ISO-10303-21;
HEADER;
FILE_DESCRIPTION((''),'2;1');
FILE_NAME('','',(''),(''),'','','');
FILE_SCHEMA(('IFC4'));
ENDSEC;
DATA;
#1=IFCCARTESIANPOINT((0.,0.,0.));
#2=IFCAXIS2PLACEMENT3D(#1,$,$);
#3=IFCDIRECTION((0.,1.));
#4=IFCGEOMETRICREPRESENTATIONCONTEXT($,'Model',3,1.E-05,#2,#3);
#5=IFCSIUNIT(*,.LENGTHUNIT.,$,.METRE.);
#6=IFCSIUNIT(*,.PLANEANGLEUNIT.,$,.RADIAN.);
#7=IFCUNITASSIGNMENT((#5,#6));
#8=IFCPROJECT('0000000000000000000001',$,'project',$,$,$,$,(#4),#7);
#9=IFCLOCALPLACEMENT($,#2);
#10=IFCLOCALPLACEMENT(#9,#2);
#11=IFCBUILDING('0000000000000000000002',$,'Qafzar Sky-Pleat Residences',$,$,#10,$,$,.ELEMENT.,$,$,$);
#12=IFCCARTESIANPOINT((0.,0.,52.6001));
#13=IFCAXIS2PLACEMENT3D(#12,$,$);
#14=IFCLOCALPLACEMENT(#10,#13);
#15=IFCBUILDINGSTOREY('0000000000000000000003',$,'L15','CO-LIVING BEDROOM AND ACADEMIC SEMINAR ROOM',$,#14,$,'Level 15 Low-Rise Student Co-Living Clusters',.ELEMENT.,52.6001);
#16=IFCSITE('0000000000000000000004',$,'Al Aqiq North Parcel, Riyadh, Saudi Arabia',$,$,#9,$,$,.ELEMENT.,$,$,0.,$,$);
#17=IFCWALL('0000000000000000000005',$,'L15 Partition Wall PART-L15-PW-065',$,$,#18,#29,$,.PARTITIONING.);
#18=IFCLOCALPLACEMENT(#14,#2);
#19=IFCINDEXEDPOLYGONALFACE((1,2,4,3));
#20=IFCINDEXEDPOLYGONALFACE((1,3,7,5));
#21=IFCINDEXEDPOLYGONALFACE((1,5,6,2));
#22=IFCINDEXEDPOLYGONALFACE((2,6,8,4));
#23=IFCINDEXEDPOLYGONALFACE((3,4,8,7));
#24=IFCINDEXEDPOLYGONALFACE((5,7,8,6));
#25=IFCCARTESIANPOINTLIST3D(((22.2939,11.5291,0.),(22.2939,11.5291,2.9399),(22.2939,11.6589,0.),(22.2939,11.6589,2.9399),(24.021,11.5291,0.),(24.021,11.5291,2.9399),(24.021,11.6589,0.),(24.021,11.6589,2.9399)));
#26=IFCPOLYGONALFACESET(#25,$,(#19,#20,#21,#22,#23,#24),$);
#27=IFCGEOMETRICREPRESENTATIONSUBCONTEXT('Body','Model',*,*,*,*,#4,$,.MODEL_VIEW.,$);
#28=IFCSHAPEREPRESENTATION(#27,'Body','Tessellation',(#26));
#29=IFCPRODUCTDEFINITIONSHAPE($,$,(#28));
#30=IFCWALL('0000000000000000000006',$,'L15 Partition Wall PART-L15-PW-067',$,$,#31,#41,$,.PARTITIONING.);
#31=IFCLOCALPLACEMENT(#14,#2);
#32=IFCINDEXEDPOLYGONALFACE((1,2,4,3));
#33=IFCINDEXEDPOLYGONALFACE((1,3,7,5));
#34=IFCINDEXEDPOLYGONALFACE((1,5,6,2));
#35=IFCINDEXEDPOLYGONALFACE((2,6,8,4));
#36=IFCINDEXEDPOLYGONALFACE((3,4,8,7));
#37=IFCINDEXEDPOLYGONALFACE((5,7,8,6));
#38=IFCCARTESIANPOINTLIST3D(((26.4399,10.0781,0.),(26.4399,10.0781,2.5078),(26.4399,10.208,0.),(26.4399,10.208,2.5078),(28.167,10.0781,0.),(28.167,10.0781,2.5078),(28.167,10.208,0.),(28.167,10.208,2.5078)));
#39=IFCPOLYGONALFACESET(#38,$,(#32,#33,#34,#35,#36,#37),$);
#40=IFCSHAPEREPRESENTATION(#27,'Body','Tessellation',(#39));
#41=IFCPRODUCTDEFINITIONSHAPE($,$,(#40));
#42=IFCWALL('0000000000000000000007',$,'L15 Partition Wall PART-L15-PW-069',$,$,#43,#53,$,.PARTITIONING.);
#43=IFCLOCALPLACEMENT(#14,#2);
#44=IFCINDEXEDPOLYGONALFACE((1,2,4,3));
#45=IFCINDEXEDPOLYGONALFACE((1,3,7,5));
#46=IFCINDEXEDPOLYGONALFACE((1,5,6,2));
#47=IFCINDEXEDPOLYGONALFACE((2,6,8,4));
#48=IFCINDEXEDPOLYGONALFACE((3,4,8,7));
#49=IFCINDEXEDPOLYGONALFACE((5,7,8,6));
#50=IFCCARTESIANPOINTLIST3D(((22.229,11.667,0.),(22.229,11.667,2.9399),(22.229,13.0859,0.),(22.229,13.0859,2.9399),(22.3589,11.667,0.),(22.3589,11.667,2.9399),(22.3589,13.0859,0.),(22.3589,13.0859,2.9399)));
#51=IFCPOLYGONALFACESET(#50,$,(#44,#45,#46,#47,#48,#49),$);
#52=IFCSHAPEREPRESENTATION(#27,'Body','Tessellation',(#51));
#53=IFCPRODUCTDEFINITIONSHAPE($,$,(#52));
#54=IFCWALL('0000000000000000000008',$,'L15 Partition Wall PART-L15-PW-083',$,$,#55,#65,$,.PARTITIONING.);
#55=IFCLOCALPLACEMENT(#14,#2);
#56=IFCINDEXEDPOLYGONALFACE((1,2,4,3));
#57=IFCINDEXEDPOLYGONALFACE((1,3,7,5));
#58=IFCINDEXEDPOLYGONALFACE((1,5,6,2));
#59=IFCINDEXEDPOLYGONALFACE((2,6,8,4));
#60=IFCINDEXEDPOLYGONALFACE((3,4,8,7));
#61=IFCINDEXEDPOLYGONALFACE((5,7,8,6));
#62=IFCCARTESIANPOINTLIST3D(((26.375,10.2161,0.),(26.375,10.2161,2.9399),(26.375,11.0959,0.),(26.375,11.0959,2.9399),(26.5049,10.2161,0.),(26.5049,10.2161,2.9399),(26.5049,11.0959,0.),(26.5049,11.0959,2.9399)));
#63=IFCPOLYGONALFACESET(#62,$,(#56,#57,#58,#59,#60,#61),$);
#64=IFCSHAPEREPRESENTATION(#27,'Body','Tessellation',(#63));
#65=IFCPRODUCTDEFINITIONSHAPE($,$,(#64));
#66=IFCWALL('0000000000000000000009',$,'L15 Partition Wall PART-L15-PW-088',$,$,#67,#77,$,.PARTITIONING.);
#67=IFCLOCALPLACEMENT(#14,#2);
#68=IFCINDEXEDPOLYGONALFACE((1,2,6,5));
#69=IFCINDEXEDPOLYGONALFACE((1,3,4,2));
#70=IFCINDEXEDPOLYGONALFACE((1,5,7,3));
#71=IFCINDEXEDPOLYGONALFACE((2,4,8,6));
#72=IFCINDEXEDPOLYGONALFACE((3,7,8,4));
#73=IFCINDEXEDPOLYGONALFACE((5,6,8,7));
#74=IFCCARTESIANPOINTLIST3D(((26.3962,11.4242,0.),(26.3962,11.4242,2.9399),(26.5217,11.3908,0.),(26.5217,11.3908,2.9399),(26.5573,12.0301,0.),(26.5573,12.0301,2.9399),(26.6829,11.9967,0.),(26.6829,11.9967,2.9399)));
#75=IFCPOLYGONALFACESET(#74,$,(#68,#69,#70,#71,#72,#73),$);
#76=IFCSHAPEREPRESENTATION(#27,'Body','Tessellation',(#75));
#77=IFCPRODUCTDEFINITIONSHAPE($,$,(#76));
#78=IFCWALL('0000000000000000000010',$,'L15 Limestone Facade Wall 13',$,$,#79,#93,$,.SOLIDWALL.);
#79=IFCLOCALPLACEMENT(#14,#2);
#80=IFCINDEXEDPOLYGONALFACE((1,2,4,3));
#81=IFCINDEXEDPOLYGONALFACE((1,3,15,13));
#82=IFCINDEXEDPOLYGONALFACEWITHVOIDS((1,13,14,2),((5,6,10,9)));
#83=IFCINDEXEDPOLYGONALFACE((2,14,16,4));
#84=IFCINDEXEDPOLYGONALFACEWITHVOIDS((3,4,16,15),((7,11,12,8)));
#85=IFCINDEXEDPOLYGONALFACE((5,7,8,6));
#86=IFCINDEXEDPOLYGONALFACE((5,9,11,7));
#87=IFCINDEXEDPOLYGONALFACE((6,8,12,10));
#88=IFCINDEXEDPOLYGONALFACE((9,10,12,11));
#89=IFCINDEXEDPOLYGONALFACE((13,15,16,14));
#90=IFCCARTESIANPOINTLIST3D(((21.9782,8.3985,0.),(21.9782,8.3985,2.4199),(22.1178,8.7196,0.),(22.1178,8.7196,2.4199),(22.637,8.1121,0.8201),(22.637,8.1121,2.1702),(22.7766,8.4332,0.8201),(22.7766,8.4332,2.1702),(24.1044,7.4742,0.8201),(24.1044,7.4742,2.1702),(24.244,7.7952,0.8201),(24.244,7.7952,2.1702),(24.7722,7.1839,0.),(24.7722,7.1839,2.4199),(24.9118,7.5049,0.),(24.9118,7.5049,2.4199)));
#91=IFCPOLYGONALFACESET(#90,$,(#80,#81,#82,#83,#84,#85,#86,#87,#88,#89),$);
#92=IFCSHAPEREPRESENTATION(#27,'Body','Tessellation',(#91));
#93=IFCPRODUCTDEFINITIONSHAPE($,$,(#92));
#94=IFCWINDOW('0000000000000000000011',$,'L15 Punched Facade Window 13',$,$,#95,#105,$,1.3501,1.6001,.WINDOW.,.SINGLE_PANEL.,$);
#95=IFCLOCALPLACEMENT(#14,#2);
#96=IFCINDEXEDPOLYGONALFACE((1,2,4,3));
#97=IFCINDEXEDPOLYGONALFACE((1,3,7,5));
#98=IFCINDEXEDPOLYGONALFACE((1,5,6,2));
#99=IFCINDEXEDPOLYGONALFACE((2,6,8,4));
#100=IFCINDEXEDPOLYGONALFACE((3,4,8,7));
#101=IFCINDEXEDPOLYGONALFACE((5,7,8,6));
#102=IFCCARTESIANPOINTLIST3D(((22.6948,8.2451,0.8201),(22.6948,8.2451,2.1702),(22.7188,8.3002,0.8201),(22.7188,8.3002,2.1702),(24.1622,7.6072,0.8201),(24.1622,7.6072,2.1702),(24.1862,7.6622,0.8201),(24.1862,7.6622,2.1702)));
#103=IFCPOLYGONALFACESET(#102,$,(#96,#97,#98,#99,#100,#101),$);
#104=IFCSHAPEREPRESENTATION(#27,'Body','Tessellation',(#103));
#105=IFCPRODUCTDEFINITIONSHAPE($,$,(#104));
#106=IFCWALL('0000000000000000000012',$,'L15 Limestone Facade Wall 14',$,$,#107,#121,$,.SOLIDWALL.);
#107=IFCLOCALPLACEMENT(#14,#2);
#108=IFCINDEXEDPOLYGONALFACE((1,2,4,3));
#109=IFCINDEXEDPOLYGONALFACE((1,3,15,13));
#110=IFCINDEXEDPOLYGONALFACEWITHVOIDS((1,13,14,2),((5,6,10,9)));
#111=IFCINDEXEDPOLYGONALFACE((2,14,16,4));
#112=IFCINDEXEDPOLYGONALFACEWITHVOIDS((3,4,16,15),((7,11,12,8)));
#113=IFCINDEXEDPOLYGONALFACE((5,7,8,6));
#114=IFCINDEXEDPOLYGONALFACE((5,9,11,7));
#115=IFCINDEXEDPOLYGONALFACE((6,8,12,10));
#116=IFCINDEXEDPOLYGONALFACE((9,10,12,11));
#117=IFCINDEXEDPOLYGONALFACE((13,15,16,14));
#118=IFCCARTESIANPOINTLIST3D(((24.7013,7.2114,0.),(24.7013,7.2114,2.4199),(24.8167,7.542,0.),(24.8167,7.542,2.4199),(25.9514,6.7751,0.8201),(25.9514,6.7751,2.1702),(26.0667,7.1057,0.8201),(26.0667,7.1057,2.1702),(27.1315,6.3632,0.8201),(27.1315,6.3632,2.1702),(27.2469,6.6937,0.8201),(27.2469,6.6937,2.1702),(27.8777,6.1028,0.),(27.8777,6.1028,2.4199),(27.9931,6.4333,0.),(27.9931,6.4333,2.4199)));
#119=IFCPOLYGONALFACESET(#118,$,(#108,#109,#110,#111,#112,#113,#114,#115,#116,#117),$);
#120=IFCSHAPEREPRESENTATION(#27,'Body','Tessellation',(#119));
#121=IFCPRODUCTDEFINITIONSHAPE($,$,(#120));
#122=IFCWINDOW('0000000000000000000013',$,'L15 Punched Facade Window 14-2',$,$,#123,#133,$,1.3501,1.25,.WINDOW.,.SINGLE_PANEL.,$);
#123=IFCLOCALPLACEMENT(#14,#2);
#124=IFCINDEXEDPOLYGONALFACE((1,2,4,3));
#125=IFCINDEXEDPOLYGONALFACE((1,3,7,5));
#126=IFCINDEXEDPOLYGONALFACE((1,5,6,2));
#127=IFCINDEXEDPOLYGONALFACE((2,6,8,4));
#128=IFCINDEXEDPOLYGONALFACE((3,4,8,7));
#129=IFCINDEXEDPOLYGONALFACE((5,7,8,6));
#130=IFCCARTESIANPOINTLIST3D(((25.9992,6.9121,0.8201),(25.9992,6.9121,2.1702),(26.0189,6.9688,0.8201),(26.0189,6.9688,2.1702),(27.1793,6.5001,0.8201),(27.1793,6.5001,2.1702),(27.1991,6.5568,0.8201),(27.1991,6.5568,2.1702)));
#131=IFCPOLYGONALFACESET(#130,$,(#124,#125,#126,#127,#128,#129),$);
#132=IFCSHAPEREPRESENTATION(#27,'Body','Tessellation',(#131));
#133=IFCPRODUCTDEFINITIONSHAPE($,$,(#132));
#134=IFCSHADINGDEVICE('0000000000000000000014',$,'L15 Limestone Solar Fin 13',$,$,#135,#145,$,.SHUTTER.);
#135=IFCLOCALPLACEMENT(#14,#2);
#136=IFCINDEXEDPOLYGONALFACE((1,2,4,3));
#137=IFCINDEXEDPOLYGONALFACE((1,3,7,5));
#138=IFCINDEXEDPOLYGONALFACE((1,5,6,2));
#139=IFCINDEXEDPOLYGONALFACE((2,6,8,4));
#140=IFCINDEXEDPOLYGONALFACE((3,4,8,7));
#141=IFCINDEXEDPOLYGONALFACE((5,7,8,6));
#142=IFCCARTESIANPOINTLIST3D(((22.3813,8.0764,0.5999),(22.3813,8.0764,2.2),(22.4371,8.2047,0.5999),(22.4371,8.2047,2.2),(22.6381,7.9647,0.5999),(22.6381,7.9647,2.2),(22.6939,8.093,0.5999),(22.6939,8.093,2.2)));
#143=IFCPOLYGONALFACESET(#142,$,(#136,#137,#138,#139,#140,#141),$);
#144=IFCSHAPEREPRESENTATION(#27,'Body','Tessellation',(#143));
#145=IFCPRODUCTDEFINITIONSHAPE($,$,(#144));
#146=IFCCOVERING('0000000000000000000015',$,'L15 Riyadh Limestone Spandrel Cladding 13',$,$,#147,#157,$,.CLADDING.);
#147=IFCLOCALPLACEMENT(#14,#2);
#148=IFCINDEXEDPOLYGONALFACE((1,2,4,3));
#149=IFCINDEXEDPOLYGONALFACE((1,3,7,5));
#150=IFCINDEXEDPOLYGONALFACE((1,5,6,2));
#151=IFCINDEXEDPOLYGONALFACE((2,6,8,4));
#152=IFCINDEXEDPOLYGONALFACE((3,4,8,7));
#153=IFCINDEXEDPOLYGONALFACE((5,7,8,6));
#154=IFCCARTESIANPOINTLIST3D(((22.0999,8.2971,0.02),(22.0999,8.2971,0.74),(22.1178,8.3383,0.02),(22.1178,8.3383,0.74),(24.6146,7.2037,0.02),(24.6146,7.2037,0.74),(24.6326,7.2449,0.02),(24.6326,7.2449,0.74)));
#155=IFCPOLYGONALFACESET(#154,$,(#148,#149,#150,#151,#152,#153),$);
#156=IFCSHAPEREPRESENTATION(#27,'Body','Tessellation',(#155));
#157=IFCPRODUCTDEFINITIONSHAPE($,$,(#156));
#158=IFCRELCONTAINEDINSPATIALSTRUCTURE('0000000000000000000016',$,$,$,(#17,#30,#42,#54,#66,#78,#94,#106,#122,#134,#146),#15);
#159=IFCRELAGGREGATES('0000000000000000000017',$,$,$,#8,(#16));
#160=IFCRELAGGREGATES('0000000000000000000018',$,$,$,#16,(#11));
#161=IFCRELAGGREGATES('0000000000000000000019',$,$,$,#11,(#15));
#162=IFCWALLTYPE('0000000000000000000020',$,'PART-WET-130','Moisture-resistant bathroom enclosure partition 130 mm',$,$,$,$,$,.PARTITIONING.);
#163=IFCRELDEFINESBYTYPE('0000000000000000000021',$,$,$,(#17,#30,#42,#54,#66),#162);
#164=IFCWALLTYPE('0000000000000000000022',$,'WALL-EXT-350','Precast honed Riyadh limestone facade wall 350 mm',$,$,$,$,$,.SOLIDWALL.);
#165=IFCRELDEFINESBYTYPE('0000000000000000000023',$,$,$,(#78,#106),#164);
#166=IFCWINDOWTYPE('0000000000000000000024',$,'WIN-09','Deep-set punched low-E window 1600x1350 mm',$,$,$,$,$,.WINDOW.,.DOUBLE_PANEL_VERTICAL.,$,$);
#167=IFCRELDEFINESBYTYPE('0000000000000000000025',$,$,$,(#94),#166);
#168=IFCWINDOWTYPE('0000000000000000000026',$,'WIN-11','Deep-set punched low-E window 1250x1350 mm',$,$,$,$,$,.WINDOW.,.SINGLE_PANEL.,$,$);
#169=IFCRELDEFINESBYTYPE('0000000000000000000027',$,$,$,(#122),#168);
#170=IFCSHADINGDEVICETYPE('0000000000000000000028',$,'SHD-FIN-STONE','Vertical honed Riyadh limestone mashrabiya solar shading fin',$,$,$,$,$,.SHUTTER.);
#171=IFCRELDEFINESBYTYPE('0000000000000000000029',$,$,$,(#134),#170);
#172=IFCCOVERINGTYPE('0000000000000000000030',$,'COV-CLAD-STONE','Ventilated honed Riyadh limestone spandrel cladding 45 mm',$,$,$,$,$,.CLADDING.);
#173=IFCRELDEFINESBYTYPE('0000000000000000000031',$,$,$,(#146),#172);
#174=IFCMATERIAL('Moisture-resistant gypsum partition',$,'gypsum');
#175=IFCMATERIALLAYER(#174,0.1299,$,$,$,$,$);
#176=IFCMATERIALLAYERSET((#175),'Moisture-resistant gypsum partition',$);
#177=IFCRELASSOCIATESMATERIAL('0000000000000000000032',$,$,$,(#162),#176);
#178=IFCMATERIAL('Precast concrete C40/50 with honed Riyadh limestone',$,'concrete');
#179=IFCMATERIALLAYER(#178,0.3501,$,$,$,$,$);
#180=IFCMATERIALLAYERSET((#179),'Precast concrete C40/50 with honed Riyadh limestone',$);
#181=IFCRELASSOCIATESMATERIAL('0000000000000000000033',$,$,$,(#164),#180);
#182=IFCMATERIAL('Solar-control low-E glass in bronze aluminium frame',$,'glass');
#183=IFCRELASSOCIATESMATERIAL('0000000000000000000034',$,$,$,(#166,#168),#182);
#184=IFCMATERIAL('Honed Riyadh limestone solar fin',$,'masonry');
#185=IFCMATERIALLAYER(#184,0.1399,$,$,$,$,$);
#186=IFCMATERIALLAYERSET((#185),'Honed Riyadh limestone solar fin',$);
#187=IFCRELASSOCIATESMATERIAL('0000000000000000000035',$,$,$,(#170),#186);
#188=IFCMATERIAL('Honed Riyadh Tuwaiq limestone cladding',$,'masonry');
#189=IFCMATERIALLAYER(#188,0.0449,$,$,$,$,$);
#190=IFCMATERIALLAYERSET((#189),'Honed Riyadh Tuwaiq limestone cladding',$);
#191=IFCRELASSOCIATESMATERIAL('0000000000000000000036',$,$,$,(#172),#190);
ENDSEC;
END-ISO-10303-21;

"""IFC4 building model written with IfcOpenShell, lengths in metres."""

from ifc_helpers import new_model, si_unit, direction, frame, frame_2d, origin, origin_2d, place, context, subcontext, project, spatial, rectangle, extrude, source, transform, mapped, material, layer, layer_set, type_object, element, fill, save


model = new_model("IFC4")

# Units and contexts
model_context = context("Model", 3, precision=1e-05, world=origin(), true_north=direction((0.0, 1.0)))
body_context = subcontext(model_context, "Body", "Model", "MODEL_VIEW")
ifc_project = project(units=[si_unit("LENGTHUNIT", "METRE"), si_unit("PLANEANGLEUNIT", "RADIAN")], contexts=[model_context])

# Site, building, storey
site_placement = place(None, origin())
site = spatial("IfcSite", under=ifc_project, at=site_placement, Name="Al Aqiq North Parcel, Riyadh, Saudi Arabia", CompositionType="ELEMENT", RefElevation=0.0)
building_placement = place(site_placement, origin())
building = spatial("IfcBuilding", under=site, at=building_placement, Name="Qafzar Sky-Pleat Residences", CompositionType="ELEMENT")
storey_placement = place(building_placement, frame((0.0, 0.0, 52.6001)))
storey = spatial("IfcBuildingStorey", under=building, at=storey_placement, Name="L15", Description="CO-LIVING BEDROOM AND ACADEMIC SEMINAR ROOM", LongName="Level 15 Low-Rise Student Co-Living Clusters", CompositionType="ELEMENT", Elevation=52.6001)

# Shared definitions
ifc_material_1 = material(Name="Moisture-resistant gypsum partition", Category="gypsum")
ifc_layer_1 = layer(ifc_material_1, 0.1299)
ifc_layer_set_1 = layer_set([ifc_layer_1], Name="Moisture-resistant gypsum partition")
wall_type_1 = type_object("IfcWallType", Name="PART-WET-130", Description="Moisture-resistant bathroom enclosure partition 130 mm", PredefinedType="PARTITIONING", material=ifc_layer_set_1)

# Walls
wall_1_placement = place(storey_placement, frame((22.2939, 11.594, 0.0), z_axis=(0.0, 0.0, 1.0), x_axis=(1.0, 0.0, 0.0)))
element("IfcWall", 1, at=wall_1_placement, inside=storey, type_object=wall_type_1, Name="L15 Partition Wall PART-L15-PW-065", PredefinedType="PARTITIONING", context=body_context, shape_type="SweptSolid", body=[
    extrude(rectangle(XDim=1.7271, YDim=0.1299, at=frame_2d((0.8635, 0.0))), origin(), (0.0, 0.0, 1.0), 2.9399),
])
wall_2_placement = place(storey_placement, frame((26.4399, 10.1431, 0.0), z_axis=(0.0, 0.0, 1.0), x_axis=(1.0, 0.0, 0.0)))
element("IfcWall", 2, at=wall_2_placement, inside=storey, type_object=wall_type_1, Name="L15 Partition Wall PART-L15-PW-067", PredefinedType="PARTITIONING", context=body_context, shape_type="SweptSolid", body=[
    extrude(rectangle(XDim=1.7271, YDim=0.1299, at=frame_2d((0.8635, 0.0))), origin(), (0.0, 0.0, 1.0), 2.5078),
])
wall_3_placement = place(storey_placement, frame((22.2939, 11.667, 0.0), z_axis=(0.0, 0.0, 1.0), x_axis=(0.0, 1.0, 0.0)))
element("IfcWall", 3, at=wall_3_placement, inside=storey, type_object=wall_type_1, Name="L15 Partition Wall PART-L15-PW-069", PredefinedType="PARTITIONING", context=body_context, shape_type="SweptSolid", body=[
    extrude(rectangle(XDim=1.4189, YDim=0.1299, at=frame_2d((0.7095, 0.0))), origin(), (0.0, 0.0, 1.0), 2.9399),
])
wall_4_placement = place(storey_placement, frame((26.4399, 10.2161, 0.0), z_axis=(0.0, 0.0, 1.0), x_axis=(0.0, 1.0, 0.0)))
element("IfcWall", 4, at=wall_4_placement, inside=storey, type_object=wall_type_1, Name="L15 Partition Wall PART-L15-PW-083", PredefinedType="PARTITIONING", context=body_context, shape_type="SweptSolid", body=[
    extrude(rectangle(XDim=0.8799, YDim=0.1299, at=frame_2d((0.4399, 0.0))), origin(), (0.0, 0.0, 1.0), 2.9399),
])
wall_5_placement = place(storey_placement, frame((26.459, 11.4075, 0.0), z_axis=(0.0, 0.0, 1.0), x_axis=(0.256984, 0.966416, 0.0)))
element("IfcWall", 5, at=wall_5_placement, inside=storey, type_object=wall_type_1, Name="L15 Partition Wall PART-L15-PW-088", PredefinedType="PARTITIONING", context=body_context, shape_type="SweptSolid", body=[
    extrude(rectangle(XDim=0.627, YDim=0.1299, at=frame_2d((0.3135, 0.0))), origin(), (0.0, 0.0, 1.0), 2.9399),
])

# Walls, openings, windows
ifc_material_2 = material(Name="Precast concrete C40/50 with honed Riyadh limestone", Category="concrete")
ifc_layer_2 = layer(ifc_material_2, 0.3501)
ifc_layer_set_2 = layer_set([ifc_layer_2], Name="Precast concrete C40/50 with honed Riyadh limestone")
wall_type_2 = type_object("IfcWallType", Name="WALL-EXT-350", Description="Precast honed Riyadh limestone facade wall 350 mm", PredefinedType="SOLIDWALL", material=ifc_layer_set_2)
wall_6_placement = place(storey_placement, frame((22.0479, 8.5591, 0.0), z_axis=(0.0, 0.0, 1.0), x_axis=(0.917089, -0.398682, 0.0)))
wall_6 = element("IfcWall", 6, at=wall_6_placement, inside=storey, type_object=wall_type_2, Name="L15 Limestone Facade Wall 13", PredefinedType="SOLIDWALL", context=body_context, shape_type="SweptSolid", body=[
    extrude(rectangle(XDim=3.0466, YDim=0.3501, at=frame_2d((1.5234, 0.0))), origin(), (0.0, 0.0, 1.0), 2.4199),
])
opening_1_placement = place(wall_6_placement, frame((0.7185, 0.0, 0.8201)))
opening_1 = element("IfcOpeningElement", 7, at=opening_1_placement, cuts=wall_6, PredefinedType="OPENING", context=body_context, shape_type="SweptSolid", body=[
    extrude(rectangle(XDim=1.6001, YDim=1.3501, at=frame_2d((0.8, 0.675))), frame((0.0, 0.1851, 0.0), z_axis=(0.0, -1.0, 0.0), x_axis=(1.0, 0.0, 0.0)), (0.0, 0.0, 1.0), 0.3701),
])
ifc_material_3 = material(Name="Solar-control low-E glass in bronze aluminium frame", Category="glass")
window_type_1 = type_object("IfcWindowType", Name="WIN-09", Description="Deep-set punched low-E window 1600x1350 mm", PartitioningType="DOUBLE_PANEL_VERTICAL", PredefinedType="WINDOW", material=ifc_material_3)
shared_shape_1 = source(origin(), body_context, "Body", "SweptSolid", [
    extrude(rectangle(XDim=1.6001, YDim=1.3501, at=frame_2d((0.8, 0.675))), frame((0.0, 0.03, 0.0), z_axis=(0.0, -1.0, 0.0), x_axis=(1.0, 0.0, 0.0)), (0.0, 0.0, 1.0), 0.0601),
])
window_1_placement = place(opening_1_placement, origin())
window_1 = element("IfcWindow", 8, at=window_1_placement, inside=storey, type_object=window_type_1, Name="L15 Punched Facade Window 13", OverallHeight=1.3501, OverallWidth=1.6001, PartitioningType="SINGLE_PANEL", PredefinedType="WINDOW", context=body_context, shape_type="MappedRepresentation", body=[
    mapped(shared_shape_1, transform((0.0, 0.0, 0.0), x_axis=(1.0, 0.0, 0.0), y_axis=(0.0, 1.0, 0.0), z_axis=(0.0, 0.0, 1.0), scale=1.0)),
])
fill(opening_1, window_1)
wall_7_placement = place(storey_placement, frame((24.759, 7.3767, 0.0), z_axis=(0.0, 0.0, 1.0), x_axis=(0.944141, -0.329542, 0.0)))
wall_7 = element("IfcWall", 9, at=wall_7_placement, inside=storey, type_object=wall_type_2, Name="L15 Limestone Facade Wall 14", PredefinedType="SOLIDWALL", context=body_context, shape_type="SweptSolid", body=[
    extrude(rectangle(XDim=3.3643, YDim=0.3501, at=frame_2d((1.6821, 0.0))), origin(), (0.0, 0.0, 1.0), 2.4199),
])
opening_2_placement = place(wall_7_placement, frame((1.324, 0.0, 0.8201)))
opening_2 = element("IfcOpeningElement", 10, at=opening_2_placement, cuts=wall_7, PredefinedType="OPENING", context=body_context, shape_type="SweptSolid", body=[
    extrude(rectangle(XDim=1.25, YDim=1.3501, at=frame_2d((0.625, 0.675))), frame((0.0, 0.1851, 0.0), z_axis=(0.0, -1.0, 0.0), x_axis=(1.0, 0.0, 0.0)), (0.0, 0.0, 1.0), 0.3701),
])
window_type_2 = type_object("IfcWindowType", Name="WIN-11", Description="Deep-set punched low-E window 1250x1350 mm", PartitioningType="SINGLE_PANEL", PredefinedType="WINDOW", material=ifc_material_3)
shared_shape_2 = source(origin(), body_context, "Body", "SweptSolid", [
    extrude(rectangle(XDim=1.25, YDim=1.3501, at=frame_2d((0.625, 0.675))), frame((0.0, 0.03, 0.0), z_axis=(0.0, -1.0, 0.0), x_axis=(1.0, 0.0, 0.0)), (0.0, 0.0, 1.0), 0.0601),
])
window_2_placement = place(opening_2_placement, origin())
window_2 = element("IfcWindow", 11, at=window_2_placement, inside=storey, type_object=window_type_2, Name="L15 Punched Facade Window 14-2", OverallHeight=1.3501, OverallWidth=1.25, PartitioningType="SINGLE_PANEL", PredefinedType="WINDOW", context=body_context, shape_type="MappedRepresentation", body=[
    mapped(shared_shape_2, transform((0.0, 0.0, 0.0), x_axis=(1.0, 0.0, 0.0), y_axis=(0.0, 1.0, 0.0), z_axis=(0.0, 0.0, 1.0), scale=1.0)),
])
fill(opening_2, window_2)

# Shading device
ifc_material_4 = material(Name="Honed Riyadh limestone solar fin", Category="masonry")
ifc_layer_3 = layer(ifc_material_4, 0.1399)
ifc_layer_set_3 = layer_set([ifc_layer_3], Name="Honed Riyadh limestone solar fin")
shading_device_type = type_object("IfcShadingDeviceType", Name="SHD-FIN-STONE", Description="Vertical honed Riyadh limestone mashrabiya solar shading fin", PredefinedType="SHUTTER", material=ifc_layer_set_3)
shared_shape_3 = source(origin(), body_context, "Body", "SweptSolid", [
    extrude(rectangle(XDim=0.1399, YDim=0.28, at=origin_2d()), origin(), (0.0, 0.0, 1.0), 1.6001),
])
shading_device_placement = place(storey_placement, frame((22.5376, 8.0847, 0.5999), z_axis=(0.0, 0.0, 1.0), x_axis=(-0.3987, -0.917082, 0.0)))
element("IfcShadingDevice", 12, at=shading_device_placement, inside=storey, type_object=shading_device_type, Name="L15 Limestone Solar Fin 13", PredefinedType="SHUTTER", context=body_context, shape_type="MappedRepresentation", body=[
    mapped(shared_shape_3, transform((0.0, 0.0, 0.0), x_axis=(1.0, 0.0, 0.0), y_axis=(0.0, 1.0, 0.0), z_axis=(0.0, 0.0, 1.0), scale=1.0)),
])

# Covering
ifc_material_5 = material(Name="Honed Riyadh Tuwaiq limestone cladding", Category="masonry")
ifc_layer_4 = layer(ifc_material_5, 0.0449)
ifc_layer_set_4 = layer_set([ifc_layer_4], Name="Honed Riyadh Tuwaiq limestone cladding")
covering_type = type_object("IfcCoveringType", Name="COV-CLAD-STONE", Description="Ventilated honed Riyadh limestone spandrel cladding 45 mm", PredefinedType="CLADDING", material=ifc_layer_set_4)
shared_shape_4 = source(origin(), body_context, "Body", "SweptSolid", [
    extrude(rectangle(XDim=2.7422, YDim=0.0449, at=origin_2d()), origin(), (0.0, 0.0, 1.0), 0.72),
])
covering_placement = place(storey_placement, frame((23.3662, 7.771, 0.02), z_axis=(0.0, 0.0, 1.0), x_axis=(0.917073, -0.398719, 0.0)))
element("IfcCovering", 13, at=covering_placement, inside=storey, type_object=covering_type, Name="L15 Riyadh Limestone Spandrel Cladding 13", PredefinedType="CLADDING", context=body_context, shape_type="MappedRepresentation", body=[
    mapped(shared_shape_4, transform((0.0, 0.0, 0.0), x_axis=(1.0, 0.0, 0.0), y_axis=(0.0, 1.0, 0.0), z_axis=(0.0, 0.0, 1.0), scale=1.0)),
])

save(model, "model.ifc")
